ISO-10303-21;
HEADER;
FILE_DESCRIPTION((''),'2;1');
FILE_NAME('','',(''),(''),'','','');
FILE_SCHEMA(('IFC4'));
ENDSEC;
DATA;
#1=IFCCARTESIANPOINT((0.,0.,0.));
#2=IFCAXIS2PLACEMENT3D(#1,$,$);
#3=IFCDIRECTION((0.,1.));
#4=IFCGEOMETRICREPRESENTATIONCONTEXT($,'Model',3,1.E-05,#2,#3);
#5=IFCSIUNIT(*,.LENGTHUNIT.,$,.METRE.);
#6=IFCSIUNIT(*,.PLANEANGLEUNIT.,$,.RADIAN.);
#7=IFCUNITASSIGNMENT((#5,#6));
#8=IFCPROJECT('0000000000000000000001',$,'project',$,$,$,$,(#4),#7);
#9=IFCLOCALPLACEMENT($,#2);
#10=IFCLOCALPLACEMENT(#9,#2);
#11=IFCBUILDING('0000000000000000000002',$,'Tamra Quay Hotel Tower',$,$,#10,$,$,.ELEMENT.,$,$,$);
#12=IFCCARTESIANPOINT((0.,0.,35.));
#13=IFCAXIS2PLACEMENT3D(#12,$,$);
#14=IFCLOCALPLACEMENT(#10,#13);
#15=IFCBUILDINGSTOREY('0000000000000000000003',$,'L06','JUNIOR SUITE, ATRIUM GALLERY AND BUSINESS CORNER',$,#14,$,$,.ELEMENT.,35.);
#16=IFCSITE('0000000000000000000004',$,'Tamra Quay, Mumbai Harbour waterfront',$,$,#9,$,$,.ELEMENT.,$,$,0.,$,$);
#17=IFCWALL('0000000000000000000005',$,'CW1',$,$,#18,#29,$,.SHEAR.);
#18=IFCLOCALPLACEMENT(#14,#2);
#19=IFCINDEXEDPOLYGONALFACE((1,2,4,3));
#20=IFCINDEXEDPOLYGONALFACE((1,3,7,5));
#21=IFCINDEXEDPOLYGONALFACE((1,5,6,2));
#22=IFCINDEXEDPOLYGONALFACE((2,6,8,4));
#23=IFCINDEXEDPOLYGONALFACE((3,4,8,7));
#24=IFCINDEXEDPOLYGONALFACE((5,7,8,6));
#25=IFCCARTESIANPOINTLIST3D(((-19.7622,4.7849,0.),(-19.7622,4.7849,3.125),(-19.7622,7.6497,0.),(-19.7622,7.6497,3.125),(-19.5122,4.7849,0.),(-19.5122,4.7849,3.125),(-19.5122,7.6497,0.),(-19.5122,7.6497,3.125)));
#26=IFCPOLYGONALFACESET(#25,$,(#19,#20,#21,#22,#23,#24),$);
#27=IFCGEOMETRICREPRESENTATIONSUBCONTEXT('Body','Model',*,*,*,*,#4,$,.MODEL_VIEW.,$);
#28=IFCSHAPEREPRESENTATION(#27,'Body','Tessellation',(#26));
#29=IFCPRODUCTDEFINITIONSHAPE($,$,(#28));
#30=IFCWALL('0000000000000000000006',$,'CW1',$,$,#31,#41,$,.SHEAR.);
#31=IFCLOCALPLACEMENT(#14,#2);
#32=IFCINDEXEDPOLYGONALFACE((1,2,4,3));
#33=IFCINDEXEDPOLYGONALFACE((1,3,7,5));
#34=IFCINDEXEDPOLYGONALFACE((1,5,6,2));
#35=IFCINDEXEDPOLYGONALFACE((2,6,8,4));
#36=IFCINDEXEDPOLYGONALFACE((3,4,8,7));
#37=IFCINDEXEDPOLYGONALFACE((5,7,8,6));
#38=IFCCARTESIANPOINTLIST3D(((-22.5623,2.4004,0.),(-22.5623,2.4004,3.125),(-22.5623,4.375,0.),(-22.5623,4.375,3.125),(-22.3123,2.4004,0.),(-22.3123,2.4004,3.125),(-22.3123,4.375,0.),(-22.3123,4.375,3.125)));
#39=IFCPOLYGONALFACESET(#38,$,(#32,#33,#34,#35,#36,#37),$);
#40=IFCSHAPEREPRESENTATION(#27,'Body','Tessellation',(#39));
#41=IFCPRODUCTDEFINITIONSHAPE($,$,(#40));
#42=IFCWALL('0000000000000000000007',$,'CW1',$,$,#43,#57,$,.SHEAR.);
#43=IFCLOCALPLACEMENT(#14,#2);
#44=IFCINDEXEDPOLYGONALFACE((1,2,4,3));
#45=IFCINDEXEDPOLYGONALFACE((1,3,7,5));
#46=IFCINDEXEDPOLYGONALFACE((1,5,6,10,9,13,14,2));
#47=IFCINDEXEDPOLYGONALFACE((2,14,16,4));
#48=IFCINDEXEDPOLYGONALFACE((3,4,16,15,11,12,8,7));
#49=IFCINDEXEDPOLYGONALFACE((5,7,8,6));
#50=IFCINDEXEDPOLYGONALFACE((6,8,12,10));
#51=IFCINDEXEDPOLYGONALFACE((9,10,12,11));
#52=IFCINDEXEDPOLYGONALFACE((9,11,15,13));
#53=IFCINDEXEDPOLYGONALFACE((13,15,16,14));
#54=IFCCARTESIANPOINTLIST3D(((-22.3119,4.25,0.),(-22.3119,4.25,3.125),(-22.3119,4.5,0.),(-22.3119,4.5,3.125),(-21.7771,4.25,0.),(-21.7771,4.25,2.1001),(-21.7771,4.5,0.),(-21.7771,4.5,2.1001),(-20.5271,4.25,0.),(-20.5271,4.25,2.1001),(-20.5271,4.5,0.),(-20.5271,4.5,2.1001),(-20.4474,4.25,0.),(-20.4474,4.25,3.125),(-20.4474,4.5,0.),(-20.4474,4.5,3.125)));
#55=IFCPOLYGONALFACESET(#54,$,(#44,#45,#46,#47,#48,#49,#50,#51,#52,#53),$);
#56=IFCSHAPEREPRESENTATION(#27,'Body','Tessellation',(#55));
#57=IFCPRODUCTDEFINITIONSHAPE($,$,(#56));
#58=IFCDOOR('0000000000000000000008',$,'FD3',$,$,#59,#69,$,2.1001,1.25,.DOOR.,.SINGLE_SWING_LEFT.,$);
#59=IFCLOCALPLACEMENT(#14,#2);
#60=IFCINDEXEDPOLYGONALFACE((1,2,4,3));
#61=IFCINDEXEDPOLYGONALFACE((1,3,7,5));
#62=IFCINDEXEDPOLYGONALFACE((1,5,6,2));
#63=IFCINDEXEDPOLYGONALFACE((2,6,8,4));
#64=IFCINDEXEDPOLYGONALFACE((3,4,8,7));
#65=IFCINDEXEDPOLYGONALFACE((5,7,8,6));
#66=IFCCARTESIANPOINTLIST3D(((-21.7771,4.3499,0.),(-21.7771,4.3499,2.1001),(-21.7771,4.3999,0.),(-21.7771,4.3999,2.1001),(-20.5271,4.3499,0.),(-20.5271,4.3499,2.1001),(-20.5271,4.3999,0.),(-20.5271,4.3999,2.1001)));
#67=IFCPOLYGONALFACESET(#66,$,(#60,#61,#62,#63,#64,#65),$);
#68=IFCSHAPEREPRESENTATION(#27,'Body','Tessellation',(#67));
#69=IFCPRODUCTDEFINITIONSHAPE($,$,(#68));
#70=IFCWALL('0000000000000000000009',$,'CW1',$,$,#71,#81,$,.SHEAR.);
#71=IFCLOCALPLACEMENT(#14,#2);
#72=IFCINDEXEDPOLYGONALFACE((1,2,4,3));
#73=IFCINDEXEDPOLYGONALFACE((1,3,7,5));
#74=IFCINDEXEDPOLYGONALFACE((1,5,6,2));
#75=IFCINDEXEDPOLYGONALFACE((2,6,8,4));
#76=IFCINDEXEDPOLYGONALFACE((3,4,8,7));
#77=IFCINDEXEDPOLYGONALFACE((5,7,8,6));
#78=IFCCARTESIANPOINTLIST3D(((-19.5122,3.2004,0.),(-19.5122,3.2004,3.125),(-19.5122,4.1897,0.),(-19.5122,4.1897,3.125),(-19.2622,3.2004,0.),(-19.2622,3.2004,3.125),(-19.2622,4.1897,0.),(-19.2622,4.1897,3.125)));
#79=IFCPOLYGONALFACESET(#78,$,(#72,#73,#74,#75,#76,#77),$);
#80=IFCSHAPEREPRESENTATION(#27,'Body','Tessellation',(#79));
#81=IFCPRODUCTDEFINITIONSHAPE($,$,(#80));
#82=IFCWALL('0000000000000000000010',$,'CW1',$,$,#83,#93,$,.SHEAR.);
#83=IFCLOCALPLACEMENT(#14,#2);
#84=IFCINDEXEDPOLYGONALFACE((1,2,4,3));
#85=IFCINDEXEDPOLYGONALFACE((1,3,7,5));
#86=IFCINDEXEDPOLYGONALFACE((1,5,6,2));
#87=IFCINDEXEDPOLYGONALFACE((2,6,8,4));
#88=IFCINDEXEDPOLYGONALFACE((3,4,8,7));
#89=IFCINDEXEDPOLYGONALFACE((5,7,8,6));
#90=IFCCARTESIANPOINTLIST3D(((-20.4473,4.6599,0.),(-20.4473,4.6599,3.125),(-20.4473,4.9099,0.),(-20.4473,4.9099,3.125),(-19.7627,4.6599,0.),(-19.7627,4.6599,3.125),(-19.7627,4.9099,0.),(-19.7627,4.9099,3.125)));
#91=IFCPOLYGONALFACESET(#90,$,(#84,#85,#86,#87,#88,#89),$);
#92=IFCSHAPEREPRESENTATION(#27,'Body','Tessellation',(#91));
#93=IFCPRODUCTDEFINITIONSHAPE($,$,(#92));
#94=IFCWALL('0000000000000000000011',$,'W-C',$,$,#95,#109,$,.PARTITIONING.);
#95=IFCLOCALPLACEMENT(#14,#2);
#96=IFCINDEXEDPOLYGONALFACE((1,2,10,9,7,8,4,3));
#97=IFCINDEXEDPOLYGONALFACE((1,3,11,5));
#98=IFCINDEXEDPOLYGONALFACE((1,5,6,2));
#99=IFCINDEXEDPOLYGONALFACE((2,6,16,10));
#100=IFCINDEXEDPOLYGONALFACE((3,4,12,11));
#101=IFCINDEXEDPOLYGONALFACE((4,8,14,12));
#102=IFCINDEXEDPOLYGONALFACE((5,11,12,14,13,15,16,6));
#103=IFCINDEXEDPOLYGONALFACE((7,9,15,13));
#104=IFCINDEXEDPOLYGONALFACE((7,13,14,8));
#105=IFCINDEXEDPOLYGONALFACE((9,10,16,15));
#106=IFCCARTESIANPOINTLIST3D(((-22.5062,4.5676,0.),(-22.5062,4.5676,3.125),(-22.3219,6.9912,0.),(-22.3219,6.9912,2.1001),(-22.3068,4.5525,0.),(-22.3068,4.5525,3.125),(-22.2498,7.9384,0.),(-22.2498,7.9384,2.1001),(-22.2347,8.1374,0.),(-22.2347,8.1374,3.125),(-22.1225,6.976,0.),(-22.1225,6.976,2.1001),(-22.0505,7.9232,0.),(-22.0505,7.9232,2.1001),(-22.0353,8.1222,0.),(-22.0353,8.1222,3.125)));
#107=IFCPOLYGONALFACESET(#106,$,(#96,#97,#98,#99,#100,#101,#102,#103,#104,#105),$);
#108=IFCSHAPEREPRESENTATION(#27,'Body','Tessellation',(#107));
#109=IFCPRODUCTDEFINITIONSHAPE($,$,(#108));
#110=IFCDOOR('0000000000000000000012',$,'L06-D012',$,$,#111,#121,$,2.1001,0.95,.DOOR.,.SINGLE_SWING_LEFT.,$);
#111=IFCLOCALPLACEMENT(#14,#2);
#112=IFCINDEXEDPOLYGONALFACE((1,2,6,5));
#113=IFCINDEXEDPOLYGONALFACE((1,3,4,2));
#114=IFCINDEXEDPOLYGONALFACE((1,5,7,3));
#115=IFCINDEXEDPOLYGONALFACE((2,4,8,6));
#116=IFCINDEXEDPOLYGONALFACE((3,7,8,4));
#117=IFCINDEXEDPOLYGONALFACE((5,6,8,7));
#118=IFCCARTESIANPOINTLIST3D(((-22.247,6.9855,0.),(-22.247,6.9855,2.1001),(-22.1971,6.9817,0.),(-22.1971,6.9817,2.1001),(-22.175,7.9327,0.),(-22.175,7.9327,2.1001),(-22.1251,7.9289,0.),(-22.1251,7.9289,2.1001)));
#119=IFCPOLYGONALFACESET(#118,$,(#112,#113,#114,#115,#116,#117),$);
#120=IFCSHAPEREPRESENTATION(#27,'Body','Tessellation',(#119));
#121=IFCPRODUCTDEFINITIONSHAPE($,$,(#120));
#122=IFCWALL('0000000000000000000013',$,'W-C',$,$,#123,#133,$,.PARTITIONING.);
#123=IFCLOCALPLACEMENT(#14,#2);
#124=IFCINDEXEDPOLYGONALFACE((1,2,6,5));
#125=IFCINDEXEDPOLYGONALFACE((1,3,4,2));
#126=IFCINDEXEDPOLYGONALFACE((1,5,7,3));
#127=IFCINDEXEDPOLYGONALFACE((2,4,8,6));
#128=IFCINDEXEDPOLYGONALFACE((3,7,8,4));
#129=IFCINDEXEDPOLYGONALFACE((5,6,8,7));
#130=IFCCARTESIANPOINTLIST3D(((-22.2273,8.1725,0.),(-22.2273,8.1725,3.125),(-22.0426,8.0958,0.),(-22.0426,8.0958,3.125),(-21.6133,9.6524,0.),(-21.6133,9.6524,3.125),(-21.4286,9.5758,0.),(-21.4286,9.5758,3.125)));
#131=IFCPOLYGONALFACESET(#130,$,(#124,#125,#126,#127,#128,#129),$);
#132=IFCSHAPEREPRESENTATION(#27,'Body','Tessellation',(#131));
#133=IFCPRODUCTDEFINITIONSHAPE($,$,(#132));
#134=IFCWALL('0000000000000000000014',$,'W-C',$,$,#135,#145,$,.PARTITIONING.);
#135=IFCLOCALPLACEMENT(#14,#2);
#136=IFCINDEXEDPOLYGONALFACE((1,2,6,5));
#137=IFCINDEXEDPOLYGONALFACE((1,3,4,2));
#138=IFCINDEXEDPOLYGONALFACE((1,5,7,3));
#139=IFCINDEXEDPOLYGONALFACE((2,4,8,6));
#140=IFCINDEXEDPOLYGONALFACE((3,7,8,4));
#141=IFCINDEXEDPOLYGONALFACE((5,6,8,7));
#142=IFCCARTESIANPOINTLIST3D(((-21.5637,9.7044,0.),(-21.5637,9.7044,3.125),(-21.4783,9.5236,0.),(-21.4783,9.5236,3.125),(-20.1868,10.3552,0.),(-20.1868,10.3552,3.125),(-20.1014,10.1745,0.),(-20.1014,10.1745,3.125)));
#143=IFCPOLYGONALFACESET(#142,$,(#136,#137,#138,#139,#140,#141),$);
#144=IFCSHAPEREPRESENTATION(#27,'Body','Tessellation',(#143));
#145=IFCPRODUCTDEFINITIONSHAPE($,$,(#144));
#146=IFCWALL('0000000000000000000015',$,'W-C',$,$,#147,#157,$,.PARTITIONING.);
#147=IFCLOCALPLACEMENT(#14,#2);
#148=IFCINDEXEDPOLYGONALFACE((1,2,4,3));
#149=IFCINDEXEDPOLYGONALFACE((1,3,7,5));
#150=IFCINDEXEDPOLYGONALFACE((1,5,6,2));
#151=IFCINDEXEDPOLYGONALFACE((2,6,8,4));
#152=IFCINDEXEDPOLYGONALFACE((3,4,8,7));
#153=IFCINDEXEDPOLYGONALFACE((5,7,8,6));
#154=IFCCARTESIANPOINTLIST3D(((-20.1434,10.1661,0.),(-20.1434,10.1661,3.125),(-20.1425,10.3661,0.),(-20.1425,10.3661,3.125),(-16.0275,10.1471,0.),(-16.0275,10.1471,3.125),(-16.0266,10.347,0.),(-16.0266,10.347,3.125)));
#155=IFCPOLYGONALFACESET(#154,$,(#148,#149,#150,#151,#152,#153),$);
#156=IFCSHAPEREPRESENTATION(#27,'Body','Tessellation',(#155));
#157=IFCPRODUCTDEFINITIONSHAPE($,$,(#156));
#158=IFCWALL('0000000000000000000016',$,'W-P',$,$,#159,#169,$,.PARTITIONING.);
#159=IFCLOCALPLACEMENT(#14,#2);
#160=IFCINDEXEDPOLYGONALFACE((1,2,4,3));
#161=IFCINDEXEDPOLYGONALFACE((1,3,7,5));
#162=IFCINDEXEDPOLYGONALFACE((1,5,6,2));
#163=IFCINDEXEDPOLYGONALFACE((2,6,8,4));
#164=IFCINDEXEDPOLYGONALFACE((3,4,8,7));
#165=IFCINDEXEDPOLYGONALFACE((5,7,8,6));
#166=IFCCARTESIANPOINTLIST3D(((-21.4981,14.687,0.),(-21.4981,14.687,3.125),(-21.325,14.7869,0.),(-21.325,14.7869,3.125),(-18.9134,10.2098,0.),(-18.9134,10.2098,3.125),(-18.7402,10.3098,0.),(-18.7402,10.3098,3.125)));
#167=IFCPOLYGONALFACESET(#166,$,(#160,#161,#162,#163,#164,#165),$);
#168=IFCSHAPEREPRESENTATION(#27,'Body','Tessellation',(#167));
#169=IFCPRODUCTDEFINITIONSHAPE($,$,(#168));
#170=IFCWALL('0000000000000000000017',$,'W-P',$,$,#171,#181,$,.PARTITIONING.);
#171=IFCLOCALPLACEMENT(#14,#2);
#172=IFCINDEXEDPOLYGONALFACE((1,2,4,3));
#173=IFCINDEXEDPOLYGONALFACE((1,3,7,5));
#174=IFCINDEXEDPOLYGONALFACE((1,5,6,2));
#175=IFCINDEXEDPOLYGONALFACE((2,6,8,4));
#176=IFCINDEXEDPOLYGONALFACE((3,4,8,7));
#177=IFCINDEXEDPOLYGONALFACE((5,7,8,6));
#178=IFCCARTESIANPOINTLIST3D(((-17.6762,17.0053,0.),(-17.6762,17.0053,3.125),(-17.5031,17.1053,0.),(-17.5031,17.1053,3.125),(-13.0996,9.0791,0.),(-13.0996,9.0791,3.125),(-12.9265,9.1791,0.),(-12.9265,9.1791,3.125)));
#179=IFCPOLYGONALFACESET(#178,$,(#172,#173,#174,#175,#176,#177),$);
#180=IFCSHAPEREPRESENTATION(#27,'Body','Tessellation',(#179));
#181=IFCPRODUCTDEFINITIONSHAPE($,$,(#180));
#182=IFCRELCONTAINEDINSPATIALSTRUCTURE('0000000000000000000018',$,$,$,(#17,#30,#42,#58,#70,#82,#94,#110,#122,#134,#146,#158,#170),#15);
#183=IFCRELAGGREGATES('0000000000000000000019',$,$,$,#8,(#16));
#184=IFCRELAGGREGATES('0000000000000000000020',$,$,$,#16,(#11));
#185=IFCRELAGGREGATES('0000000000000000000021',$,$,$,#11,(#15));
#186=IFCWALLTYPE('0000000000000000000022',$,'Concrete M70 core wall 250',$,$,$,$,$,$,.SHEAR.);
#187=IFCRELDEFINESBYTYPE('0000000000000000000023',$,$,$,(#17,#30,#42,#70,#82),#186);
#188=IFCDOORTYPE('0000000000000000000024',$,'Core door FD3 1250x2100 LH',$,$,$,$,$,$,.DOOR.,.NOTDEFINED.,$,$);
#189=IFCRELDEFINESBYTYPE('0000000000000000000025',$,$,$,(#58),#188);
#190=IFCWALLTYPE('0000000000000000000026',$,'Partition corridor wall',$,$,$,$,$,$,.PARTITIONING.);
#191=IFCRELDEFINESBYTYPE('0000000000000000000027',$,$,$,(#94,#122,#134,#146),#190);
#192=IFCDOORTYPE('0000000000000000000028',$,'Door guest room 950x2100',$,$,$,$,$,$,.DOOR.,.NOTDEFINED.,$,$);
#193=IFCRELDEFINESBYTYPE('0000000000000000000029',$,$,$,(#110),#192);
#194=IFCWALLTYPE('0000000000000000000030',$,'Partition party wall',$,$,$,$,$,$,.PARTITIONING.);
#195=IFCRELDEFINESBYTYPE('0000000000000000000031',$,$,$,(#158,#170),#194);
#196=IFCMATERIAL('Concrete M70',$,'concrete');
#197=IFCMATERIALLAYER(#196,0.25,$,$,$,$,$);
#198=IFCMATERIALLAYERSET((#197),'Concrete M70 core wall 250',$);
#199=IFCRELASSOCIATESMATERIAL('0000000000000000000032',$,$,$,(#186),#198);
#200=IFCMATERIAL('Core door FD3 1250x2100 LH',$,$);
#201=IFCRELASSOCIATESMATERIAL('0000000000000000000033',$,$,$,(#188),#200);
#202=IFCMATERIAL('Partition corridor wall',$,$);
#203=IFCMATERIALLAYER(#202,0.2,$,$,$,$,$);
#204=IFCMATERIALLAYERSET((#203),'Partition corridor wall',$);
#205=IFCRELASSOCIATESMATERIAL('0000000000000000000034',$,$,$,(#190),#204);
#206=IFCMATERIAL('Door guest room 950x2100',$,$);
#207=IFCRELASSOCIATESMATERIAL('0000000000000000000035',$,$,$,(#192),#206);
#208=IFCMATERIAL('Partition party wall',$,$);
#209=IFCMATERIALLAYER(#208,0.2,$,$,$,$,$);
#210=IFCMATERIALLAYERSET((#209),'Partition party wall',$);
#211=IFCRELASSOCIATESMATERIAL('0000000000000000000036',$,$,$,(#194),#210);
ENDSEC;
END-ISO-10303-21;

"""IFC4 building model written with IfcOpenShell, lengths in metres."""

from ifc_helpers import new_model, si_unit, direction, frame, frame_2d, origin, place, context, subcontext, project, spatial, rectangle, extrude, material, layer, layer_set, type_object, element, fill, save


model = new_model("IFC4")

# Units and contexts
model_context = context("Model", 3, precision=1e-05, world=origin(), true_north=direction((0.0, 1.0)))
body_context = subcontext(model_context, "Body", "Model", "MODEL_VIEW")
ifc_project = project(units=[si_unit("LENGTHUNIT", "METRE"), si_unit("PLANEANGLEUNIT", "RADIAN")], contexts=[model_context])

# Site, building, storey
site_placement = place(None, origin())
site = spatial("IfcSite", under=ifc_project, at=site_placement, Name="Tamra Quay, Mumbai Harbour waterfront", CompositionType="ELEMENT", RefElevation=0.0)
building_placement = place(site_placement, origin())
building = spatial("IfcBuilding", under=site, at=building_placement, Name="Tamra Quay Hotel Tower", CompositionType="ELEMENT")
storey_placement = place(building_placement, frame((0.0, 0.0, 35.0)))
storey = spatial("IfcBuildingStorey", under=building, at=storey_placement, Name="L06", Description="JUNIOR SUITE, ATRIUM GALLERY AND BUSINESS CORNER", CompositionType="ELEMENT", Elevation=35.0)

# Shared definitions
ifc_material_1 = material(Name="Concrete M70", Category="concrete")

# Walls
ifc_layer_1 = layer(ifc_material_1, 0.25)
ifc_layer_set_1 = layer_set([ifc_layer_1], Name="Concrete M70 core wall 250")
wall_type_1 = type_object("IfcWallType", Name="Concrete M70 core wall 250", PredefinedType="SHEAR", material=ifc_layer_set_1)
for number, where, z_axis, x_axis, name in (
    (1, (-19.6372, 4.7849, 0.0), (0.0, 0.0, 1.0), (0.0, 1.0, 0.0), "CW1"),
):
    element("IfcWall", number, at=place(storey_placement, frame(where, z_axis=z_axis, x_axis=x_axis)), inside=storey, type_object=wall_type_1, Name=name, PredefinedType="SHEAR", context=body_context, shape_type="SweptSolid", body=[
        extrude(rectangle(XDim=2.8647, YDim=0.25, at=frame_2d((1.4324, 0.0))), origin(), (0.0, 0.0, 1.0), 3.125),
    ])
wall_1_placement = place(storey_placement, frame((-22.4373, 2.4004, 0.0), z_axis=(0.0, 0.0, 1.0), x_axis=(0.0, 1.0, 0.0)))
element("IfcWall", 2, at=wall_1_placement, inside=storey, type_object=wall_type_1, Name="CW1", PredefinedType="SHEAR", context=body_context, shape_type="SweptSolid", body=[
    extrude(rectangle(XDim=1.9746, YDim=0.25, at=frame_2d((0.9873, 0.0))), origin(), (0.0, 0.0, 1.0), 3.125),
])

# Wall, opening, door
wall_2_placement = place(storey_placement, frame((-22.3118, 4.375, 0.0), z_axis=(0.0, 0.0, 1.0), x_axis=(1.0, 0.0, 0.0)))
wall_2 = element("IfcWall", 3, at=wall_2_placement, inside=storey, type_object=wall_type_1, Name="CW1", PredefinedType="SHEAR", context=body_context, shape_type="SweptSolid", body=[
    extrude(rectangle(XDim=1.8645, YDim=0.25, at=frame_2d((0.9321, 0.0))), origin(), (0.0, 0.0, 1.0), 3.125),
])
opening_1_placement = place(wall_2_placement, frame((0.5347, 0.0, 0.0)))
opening_1 = element("IfcOpeningElement", 4, at=opening_1_placement, cuts=wall_2, PredefinedType="OPENING", context=body_context, shape_type="SweptSolid", body=[
    extrude(rectangle(XDim=1.25, YDim=2.1001, at=frame_2d((0.625, 1.05))), frame((0.0, 0.135, 0.0), z_axis=(0.0, -1.0, 0.0), x_axis=(1.0, 0.0, 0.0)), (0.0, 0.0, 1.0), 0.27),
])
ifc_material_2 = material(Name="Core door FD3 1250x2100 LH")
door_type_1 = type_object("IfcDoorType", Name="Core door FD3 1250x2100 LH", OperationType="NOTDEFINED", PredefinedType="DOOR", material=ifc_material_2)
door_1_placement = place(opening_1_placement, origin())
door_1 = element("IfcDoor", 5, at=door_1_placement, inside=storey, type_object=door_type_1, Name="FD3", OperationType="SINGLE_SWING_LEFT", OverallHeight=2.1001, OverallWidth=1.25, PredefinedType="DOOR", context=body_context, shape_type="SweptSolid", body=[
    extrude(rectangle(XDim=1.25, YDim=2.1001, at=frame_2d((0.625, 1.05))), frame((0.0, 0.0249, 0.0), z_axis=(0.0, -1.0, 0.0), x_axis=(1.0, 0.0, 0.0)), (0.0, 0.0, 1.0), 0.05),
])
fill(opening_1, door_1)

# Walls
wall_3_placement = place(storey_placement, frame((-19.3872, 4.1897, 0.0), z_axis=(0.0, 0.0, 1.0), x_axis=(0.0, -1.0, 0.0)))
element("IfcWall", 6, at=wall_3_placement, inside=storey, type_object=wall_type_1, Name="CW1", PredefinedType="SHEAR", context=body_context, shape_type="SweptSolid", body=[
    extrude(rectangle(XDim=0.9893, YDim=0.25, at=frame_2d((0.4946, 0.0))), origin(), (0.0, 0.0, 1.0), 3.125),
])
wall_4_placement = place(storey_placement, frame((-20.4473, 4.7849, 0.0), z_axis=(0.0, 0.0, 1.0), x_axis=(1.0, 0.0, 0.0)))
element("IfcWall", 7, at=wall_4_placement, inside=storey, type_object=wall_type_1, Name="CW1", PredefinedType="SHEAR", context=body_context, shape_type="SweptSolid", body=[
    extrude(rectangle(XDim=0.6846, YDim=0.25, at=frame_2d((0.3423, 0.0))), origin(), (0.0, 0.0, 1.0), 3.125),
])

# Wall, opening, door
ifc_material_3 = material(Name="Partition corridor wall")
ifc_layer_2 = layer(ifc_material_3, 0.2)
ifc_layer_set_2 = layer_set([ifc_layer_2], Name="Partition corridor wall")
wall_type_2 = type_object("IfcWallType", Name="Partition corridor wall", PredefinedType="PARTITIONING", material=ifc_layer_set_2)
wall_5_placement = place(storey_placement, frame((-22.4065, 4.5601, 0.0), z_axis=(0.0, 0.0, 1.0), x_axis=(0.075831, 0.997121, 0.0)))
wall_5 = element("IfcWall", 8, at=wall_5_placement, inside=storey, type_object=wall_type_2, Name="W-C", PredefinedType="PARTITIONING", context=body_context, shape_type="SweptSolid", body=[
    extrude(rectangle(XDim=3.5801, YDim=0.2, at=frame_2d((1.79, 0.0))), origin(), (0.0, 0.0, 1.0), 3.125),
])
opening_2_placement = place(wall_5_placement, frame((2.4304, 0.0, 0.0)))
opening_2 = element("IfcOpeningElement", 9, at=opening_2_placement, cuts=wall_5, PredefinedType="OPENING", context=body_context, shape_type="SweptSolid", body=[
    extrude(rectangle(XDim=0.95, YDim=2.1001, at=frame_2d((0.4751, 1.05))), frame((0.0, 0.1099, 0.0), z_axis=(0.0, -1.0, 0.0), x_axis=(1.0, 0.0, 0.0)), (0.0, 0.0, 1.0), 0.22),
])
ifc_material_4 = material(Name="Door guest room 950x2100")
door_type_2 = type_object("IfcDoorType", Name="Door guest room 950x2100", OperationType="NOTDEFINED", PredefinedType="DOOR", material=ifc_material_4)
door_2_placement = place(opening_2_placement, origin())
door_2 = element("IfcDoor", 10, at=door_2_placement, inside=storey, type_object=door_type_2, Name="L06-D012", OperationType="SINGLE_SWING_LEFT", OverallHeight=2.1001, OverallWidth=0.95, PredefinedType="DOOR", context=body_context, shape_type="SweptSolid", body=[
    extrude(rectangle(XDim=0.95, YDim=2.1001, at=frame_2d((0.4751, 1.05))), frame((0.0, 0.0249, 0.0), z_axis=(0.0, -1.0, 0.0), x_axis=(1.0, 0.0, 0.0)), (0.0, 0.0, 1.0), 0.05),
])
fill(opening_2, door_2)

# Walls
wall_6_placement = place(storey_placement, frame((-22.135, 8.134, 0.0), z_axis=(0.0, 0.0, 1.0), x_axis=(0.383208, 0.923662, 0.0)))
element("IfcWall", 11, at=wall_6_placement, inside=storey, type_object=wall_type_2, Name="W-C", PredefinedType="PARTITIONING", context=body_context, shape_type="SweptSolid", body=[
    extrude(rectangle(XDim=1.6023, YDim=0.2, at=frame_2d((0.8013, 0.0))), origin(), (0.0, 0.0, 1.0), 3.125),
])
wall_7_placement = place(storey_placement, frame((-21.521, 9.614, 0.0), z_axis=(0.0, 0.0, 1.0), x_axis=(0.904084, 0.427356, 0.0)))
element("IfcWall", 12, at=wall_7_placement, inside=storey, type_object=wall_type_2, Name="W-C", PredefinedType="PARTITIONING", context=body_context, shape_type="SweptSolid", body=[
    extrude(rectangle(XDim=1.5229, YDim=0.2, at=frame_2d((0.7615, 0.0))), origin(), (0.0, 0.0, 1.0), 3.125),
])
wall_8_placement = place(storey_placement, frame((-20.1431, 10.2661, 0.0), z_axis=(0.0, 0.0, 1.0), x_axis=(0.999989, -0.004627, 0.0)))
element("IfcWall", 13, at=wall_8_placement, inside=storey, type_object=wall_type_2, Name="W-C", PredefinedType="PARTITIONING", context=body_context, shape_type="SweptSolid", body=[
    extrude(rectangle(XDim=4.116, YDim=0.2, at=frame_2d((2.0581, 0.0))), origin(), (0.0, 0.0, 1.0), 3.125),
])
ifc_material_5 = material(Name="Partition party wall")
ifc_layer_3 = layer(ifc_material_5, 0.2)
ifc_layer_set_3 = layer_set([ifc_layer_3], Name="Partition party wall")
wall_type_3 = type_object("IfcWallType", Name="Partition party wall", PredefinedType="PARTITIONING", material=ifc_layer_set_3)
wall_9_placement = place(storey_placement, frame((-21.4116, 14.7371, 0.0), z_axis=(0.0, 0.0, 1.0), x_axis=(0.499984, -0.866035, 0.0)))
element("IfcWall", 14, at=wall_9_placement, inside=storey, type_object=wall_type_3, Name="W-P", PredefinedType="PARTITIONING", context=body_context, shape_type="SweptSolid", body=[
    extrude(rectangle(XDim=5.1697, YDim=0.2, at=frame_2d((2.585, 0.0))), origin(), (0.0, 0.0, 1.0), 3.125),
])
wall_10_placement = place(storey_placement, frame((-17.5896, 17.0552, 0.0), z_axis=(0.0, 0.0, 1.0), x_axis=(0.500035, -0.866005, 0.0)))
element("IfcWall", 15, at=wall_10_placement, inside=storey, type_object=wall_type_3, Name="W-P", PredefinedType="PARTITIONING", context=body_context, shape_type="SweptSolid", body=[
    extrude(rectangle(XDim=9.1526, YDim=0.2, at=frame_2d((4.5762, 0.0))), origin(), (0.0, 0.0, 1.0), 3.125),
])

save(model, "model.ifc")
